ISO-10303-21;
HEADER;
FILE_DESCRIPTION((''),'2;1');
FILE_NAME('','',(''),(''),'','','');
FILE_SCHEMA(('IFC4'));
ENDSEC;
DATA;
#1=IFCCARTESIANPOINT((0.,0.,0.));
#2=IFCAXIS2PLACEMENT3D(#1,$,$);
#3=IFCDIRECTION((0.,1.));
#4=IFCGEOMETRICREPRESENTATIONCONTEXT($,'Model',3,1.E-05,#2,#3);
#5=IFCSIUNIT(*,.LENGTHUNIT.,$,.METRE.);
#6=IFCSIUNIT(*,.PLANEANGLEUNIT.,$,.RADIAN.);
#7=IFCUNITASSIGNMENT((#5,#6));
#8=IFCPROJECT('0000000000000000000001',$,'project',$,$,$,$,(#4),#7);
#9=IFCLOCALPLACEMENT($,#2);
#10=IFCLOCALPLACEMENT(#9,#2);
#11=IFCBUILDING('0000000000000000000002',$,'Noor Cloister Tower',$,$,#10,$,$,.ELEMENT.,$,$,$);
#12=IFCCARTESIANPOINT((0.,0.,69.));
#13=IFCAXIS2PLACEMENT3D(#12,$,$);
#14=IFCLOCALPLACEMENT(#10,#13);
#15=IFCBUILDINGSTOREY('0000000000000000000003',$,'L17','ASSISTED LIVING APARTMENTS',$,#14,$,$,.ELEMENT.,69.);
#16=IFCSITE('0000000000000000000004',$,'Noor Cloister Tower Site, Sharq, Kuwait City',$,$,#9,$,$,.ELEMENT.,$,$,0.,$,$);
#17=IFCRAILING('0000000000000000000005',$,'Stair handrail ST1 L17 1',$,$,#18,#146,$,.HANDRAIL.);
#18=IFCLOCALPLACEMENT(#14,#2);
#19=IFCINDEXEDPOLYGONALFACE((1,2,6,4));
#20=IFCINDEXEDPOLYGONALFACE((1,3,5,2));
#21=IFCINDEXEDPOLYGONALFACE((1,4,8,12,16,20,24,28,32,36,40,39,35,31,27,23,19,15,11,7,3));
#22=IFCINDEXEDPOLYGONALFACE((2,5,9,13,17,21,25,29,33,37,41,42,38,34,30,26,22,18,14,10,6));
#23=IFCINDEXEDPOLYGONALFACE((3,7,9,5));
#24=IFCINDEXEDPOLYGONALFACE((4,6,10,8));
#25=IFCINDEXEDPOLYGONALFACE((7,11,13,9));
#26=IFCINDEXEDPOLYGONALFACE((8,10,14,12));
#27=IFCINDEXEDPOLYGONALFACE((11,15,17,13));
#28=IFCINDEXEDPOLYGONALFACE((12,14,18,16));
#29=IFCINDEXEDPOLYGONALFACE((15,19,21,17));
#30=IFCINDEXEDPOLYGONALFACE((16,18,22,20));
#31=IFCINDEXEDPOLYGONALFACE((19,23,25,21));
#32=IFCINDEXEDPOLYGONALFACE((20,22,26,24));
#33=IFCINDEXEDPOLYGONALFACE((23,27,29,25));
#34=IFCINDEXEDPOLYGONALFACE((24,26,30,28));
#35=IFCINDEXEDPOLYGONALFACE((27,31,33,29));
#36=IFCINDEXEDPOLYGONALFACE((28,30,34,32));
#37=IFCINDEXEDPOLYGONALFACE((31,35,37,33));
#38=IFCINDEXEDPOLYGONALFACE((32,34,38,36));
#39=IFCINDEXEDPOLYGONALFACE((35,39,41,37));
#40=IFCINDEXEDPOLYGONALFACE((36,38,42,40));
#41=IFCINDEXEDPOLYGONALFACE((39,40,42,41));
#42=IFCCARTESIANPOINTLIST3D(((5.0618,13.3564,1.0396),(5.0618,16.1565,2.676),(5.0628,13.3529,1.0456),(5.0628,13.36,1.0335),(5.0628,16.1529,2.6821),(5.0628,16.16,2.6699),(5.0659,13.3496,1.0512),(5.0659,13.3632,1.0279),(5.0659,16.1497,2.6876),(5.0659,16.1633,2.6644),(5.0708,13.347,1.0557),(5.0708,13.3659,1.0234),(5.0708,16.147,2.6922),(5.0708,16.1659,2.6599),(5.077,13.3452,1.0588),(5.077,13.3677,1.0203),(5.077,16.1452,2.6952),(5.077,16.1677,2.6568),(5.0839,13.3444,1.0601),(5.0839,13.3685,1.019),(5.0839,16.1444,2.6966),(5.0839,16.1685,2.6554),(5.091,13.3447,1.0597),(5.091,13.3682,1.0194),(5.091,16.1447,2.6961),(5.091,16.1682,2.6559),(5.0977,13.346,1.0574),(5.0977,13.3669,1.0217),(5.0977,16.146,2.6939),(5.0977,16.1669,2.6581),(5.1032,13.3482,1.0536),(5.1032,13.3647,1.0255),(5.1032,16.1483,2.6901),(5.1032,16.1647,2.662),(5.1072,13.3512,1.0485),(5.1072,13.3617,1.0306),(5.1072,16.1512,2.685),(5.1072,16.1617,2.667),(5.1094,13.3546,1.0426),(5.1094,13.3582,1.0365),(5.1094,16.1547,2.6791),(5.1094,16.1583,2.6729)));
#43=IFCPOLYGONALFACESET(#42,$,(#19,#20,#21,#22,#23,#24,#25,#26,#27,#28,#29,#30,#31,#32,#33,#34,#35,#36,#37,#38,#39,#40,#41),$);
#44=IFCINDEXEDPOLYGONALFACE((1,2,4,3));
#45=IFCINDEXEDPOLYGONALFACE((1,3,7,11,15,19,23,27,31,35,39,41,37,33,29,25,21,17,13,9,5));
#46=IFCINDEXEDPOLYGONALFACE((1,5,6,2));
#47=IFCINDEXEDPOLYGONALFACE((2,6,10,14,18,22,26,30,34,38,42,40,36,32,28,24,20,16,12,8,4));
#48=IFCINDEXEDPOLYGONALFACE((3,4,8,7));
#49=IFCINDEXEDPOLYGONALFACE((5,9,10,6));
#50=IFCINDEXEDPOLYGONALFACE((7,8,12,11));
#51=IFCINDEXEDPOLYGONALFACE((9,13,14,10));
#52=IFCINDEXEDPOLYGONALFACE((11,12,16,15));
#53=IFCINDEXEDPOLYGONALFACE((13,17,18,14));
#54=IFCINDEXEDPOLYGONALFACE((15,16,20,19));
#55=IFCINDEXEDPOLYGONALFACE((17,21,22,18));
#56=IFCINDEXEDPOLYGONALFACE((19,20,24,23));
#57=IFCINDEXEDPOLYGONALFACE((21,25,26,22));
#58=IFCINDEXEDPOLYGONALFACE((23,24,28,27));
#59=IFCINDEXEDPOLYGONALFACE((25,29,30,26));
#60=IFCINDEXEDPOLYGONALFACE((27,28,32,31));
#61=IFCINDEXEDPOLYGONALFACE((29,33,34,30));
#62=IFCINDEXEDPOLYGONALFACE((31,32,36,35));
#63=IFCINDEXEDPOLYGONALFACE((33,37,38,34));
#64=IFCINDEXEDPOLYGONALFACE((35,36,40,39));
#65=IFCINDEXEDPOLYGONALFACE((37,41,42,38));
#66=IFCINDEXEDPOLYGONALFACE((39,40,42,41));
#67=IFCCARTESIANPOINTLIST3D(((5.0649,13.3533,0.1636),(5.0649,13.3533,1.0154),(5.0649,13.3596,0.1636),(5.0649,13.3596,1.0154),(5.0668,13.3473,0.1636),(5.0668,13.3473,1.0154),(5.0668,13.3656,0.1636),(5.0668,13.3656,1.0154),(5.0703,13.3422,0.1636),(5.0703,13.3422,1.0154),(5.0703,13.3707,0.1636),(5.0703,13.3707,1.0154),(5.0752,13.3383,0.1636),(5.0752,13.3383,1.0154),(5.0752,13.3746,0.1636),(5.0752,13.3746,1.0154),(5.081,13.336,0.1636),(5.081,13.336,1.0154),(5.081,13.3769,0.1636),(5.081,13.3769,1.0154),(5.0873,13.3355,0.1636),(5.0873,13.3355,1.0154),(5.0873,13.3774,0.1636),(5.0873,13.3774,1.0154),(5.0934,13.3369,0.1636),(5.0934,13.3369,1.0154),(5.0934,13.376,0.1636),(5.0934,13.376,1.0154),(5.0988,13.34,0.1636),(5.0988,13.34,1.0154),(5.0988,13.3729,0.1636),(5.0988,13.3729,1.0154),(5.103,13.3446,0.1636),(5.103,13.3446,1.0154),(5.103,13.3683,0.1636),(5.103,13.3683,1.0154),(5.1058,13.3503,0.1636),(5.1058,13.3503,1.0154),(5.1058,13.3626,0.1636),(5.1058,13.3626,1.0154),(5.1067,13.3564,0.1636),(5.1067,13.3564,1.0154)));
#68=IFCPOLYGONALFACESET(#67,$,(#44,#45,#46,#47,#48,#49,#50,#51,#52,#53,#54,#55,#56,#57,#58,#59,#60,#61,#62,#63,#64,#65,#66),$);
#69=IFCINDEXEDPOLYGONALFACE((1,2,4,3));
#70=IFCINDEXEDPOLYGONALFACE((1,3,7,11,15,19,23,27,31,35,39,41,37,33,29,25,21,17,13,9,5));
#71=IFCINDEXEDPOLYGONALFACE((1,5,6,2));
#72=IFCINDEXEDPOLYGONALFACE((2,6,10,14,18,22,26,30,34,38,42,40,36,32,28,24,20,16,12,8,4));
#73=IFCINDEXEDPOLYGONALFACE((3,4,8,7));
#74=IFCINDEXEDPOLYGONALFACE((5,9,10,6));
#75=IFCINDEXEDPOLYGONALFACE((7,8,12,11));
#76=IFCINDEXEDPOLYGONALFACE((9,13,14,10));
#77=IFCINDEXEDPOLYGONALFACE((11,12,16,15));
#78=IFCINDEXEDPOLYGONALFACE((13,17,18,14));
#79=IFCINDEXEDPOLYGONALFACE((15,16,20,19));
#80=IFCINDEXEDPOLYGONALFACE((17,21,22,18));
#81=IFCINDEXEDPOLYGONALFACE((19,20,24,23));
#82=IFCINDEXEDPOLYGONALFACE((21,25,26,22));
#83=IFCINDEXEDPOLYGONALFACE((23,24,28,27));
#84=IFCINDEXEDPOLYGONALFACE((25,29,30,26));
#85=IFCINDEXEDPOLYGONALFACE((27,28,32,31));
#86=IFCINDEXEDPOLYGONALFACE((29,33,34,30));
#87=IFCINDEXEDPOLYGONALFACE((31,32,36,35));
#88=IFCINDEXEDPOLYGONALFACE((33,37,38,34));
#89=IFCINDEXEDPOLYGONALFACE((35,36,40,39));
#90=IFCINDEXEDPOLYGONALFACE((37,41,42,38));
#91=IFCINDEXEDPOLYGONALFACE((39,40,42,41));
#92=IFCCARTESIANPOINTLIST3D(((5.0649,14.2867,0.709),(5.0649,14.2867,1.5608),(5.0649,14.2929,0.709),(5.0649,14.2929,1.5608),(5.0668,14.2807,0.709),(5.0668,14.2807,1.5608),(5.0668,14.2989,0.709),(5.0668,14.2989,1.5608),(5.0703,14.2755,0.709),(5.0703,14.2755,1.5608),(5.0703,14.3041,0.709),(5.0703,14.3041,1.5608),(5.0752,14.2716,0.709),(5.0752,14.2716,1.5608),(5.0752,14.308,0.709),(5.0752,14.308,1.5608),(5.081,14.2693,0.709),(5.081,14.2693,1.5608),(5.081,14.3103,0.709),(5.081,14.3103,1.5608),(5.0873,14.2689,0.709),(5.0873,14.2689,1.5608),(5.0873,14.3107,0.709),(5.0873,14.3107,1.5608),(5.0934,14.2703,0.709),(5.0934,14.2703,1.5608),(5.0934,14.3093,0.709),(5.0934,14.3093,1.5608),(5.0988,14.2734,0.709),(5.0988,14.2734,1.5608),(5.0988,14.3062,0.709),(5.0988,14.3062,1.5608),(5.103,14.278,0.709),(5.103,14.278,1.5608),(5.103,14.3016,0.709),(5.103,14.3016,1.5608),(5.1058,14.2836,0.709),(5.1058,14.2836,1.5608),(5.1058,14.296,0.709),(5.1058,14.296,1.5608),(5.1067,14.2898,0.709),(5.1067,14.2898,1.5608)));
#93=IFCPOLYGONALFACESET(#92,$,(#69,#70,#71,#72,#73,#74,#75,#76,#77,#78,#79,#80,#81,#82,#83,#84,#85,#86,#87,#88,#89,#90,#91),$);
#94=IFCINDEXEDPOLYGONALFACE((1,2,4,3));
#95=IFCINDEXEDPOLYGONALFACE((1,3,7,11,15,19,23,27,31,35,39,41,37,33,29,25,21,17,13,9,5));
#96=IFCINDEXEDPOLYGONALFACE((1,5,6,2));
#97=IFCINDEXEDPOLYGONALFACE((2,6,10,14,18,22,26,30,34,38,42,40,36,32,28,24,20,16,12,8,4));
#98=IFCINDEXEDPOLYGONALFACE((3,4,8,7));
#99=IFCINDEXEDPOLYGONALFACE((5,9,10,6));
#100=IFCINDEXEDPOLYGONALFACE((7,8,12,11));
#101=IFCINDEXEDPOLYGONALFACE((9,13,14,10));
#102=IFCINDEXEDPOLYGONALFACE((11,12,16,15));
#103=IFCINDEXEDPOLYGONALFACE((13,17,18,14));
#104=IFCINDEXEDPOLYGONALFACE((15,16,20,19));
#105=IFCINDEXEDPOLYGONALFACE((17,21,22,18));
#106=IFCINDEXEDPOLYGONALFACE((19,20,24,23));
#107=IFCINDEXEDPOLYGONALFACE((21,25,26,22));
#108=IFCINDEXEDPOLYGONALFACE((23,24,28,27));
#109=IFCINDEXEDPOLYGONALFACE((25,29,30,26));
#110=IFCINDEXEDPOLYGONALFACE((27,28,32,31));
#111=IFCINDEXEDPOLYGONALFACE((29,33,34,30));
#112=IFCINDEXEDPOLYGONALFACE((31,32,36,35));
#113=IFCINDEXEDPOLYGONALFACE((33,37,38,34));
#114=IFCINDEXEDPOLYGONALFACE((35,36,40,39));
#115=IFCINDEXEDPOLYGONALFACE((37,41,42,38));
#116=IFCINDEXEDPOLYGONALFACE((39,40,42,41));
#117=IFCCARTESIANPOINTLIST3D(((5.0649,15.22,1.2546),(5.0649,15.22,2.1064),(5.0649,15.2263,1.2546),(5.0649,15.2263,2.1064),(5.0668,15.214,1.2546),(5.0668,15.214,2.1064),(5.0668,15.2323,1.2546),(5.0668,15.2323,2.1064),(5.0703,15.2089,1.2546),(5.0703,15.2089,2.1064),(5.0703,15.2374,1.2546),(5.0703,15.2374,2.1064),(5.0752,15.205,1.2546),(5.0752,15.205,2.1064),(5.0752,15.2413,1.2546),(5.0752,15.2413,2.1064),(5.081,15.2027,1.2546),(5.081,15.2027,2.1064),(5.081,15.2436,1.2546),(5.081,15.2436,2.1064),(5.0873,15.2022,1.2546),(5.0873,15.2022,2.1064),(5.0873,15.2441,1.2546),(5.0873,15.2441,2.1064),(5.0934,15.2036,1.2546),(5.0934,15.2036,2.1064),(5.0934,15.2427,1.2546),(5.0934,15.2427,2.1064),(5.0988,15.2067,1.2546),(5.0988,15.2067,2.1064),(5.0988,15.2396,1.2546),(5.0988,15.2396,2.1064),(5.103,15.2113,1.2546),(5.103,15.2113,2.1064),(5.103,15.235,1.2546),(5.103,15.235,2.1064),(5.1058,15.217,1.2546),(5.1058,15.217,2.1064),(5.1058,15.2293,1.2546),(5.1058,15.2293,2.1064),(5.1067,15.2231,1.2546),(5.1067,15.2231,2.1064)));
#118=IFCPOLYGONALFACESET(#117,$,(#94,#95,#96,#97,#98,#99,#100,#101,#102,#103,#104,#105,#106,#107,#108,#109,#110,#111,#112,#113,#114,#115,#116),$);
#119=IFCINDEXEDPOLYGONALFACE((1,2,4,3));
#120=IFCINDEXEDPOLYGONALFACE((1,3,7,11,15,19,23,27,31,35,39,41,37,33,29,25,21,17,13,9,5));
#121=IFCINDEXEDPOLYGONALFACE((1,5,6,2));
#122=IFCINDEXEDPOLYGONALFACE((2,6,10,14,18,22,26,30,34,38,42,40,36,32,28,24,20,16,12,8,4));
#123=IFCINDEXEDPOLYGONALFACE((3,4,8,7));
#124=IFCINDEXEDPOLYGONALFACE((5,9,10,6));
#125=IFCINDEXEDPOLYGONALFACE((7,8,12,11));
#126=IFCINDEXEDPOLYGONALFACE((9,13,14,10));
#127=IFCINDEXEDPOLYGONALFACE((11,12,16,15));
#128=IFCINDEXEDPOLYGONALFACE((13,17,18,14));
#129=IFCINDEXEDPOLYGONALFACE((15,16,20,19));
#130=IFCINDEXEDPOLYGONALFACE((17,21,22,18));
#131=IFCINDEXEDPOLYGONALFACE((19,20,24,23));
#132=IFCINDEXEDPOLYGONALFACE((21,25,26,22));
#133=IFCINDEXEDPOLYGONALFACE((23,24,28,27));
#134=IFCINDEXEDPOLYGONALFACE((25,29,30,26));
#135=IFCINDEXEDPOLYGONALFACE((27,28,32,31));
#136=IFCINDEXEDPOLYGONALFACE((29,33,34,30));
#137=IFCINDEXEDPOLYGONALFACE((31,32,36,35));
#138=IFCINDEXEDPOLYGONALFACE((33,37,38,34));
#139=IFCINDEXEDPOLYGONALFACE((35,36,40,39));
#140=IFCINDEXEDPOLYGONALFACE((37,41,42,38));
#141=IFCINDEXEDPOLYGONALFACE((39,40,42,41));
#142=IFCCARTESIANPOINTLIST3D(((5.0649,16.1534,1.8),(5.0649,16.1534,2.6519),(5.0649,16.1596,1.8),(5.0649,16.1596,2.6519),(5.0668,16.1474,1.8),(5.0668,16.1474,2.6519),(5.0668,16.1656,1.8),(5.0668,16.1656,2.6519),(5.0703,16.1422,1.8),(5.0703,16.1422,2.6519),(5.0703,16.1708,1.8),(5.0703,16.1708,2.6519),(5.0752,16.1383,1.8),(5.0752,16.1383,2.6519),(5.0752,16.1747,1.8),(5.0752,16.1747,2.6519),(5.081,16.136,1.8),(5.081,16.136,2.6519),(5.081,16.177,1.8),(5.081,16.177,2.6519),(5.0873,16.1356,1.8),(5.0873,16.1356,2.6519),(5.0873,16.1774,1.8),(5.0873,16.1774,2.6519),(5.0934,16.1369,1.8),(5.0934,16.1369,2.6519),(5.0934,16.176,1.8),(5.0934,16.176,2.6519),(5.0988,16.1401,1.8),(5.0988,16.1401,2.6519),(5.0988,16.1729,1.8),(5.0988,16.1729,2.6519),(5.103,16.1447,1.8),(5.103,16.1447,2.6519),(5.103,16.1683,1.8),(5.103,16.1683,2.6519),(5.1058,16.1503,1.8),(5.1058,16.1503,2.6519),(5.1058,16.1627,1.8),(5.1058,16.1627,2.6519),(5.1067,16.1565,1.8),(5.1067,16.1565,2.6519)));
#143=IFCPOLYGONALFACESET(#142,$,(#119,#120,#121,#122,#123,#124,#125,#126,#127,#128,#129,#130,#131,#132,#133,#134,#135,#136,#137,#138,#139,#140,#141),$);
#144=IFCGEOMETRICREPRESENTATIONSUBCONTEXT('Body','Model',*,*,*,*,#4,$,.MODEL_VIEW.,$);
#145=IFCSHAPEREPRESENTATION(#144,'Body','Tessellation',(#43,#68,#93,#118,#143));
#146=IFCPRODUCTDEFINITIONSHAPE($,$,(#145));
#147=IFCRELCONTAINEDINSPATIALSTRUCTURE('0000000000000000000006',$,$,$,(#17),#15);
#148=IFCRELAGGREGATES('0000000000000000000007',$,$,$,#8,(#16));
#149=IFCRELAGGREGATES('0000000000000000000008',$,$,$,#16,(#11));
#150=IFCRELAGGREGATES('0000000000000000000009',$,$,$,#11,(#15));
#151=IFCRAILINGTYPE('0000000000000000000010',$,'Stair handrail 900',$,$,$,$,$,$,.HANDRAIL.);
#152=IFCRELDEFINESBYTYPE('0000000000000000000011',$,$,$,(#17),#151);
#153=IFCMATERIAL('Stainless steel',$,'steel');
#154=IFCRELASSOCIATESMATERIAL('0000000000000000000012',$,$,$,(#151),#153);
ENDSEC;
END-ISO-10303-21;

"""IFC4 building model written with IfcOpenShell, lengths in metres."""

from ifc_helpers import new_model, si_unit, direction, frame, origin, origin_2d, place, context, subcontext, project, spatial, circle, extrude, material, type_object, element, save


model = new_model("IFC4")

# Units and contexts
model_context = context("Model", 3, precision=1e-05, world=origin(), true_north=direction((0.0, 1.0)))
body_context = subcontext(model_context, "Body", "Model", "MODEL_VIEW")
ifc_project = project(units=[si_unit("LENGTHUNIT", "METRE"), si_unit("PLANEANGLEUNIT", "RADIAN")], contexts=[model_context])

# Site, building, storey
site_placement = place(None, origin())
site = spatial("IfcSite", under=ifc_project, at=site_placement, Name="Noor Cloister Tower Site, Sharq, Kuwait City", CompositionType="ELEMENT", RefElevation=0.0)
building_placement = place(site_placement, origin())
building = spatial("IfcBuilding", under=site, at=building_placement, Name="Noor Cloister Tower", CompositionType="ELEMENT")
storey_placement = place(building_placement, frame((0.0, 0.0, 69.0)))
storey = spatial("IfcBuildingStorey", under=building, at=storey_placement, Name="L17", Description="ASSISTED LIVING APARTMENTS", CompositionType="ELEMENT", Elevation=69.0)

# Railing
ifc_material_1 = material(Name="Stainless steel", Category="steel")
railing_type_1 = type_object("IfcRailingType", Name="Stair handrail 900", PredefinedType="HANDRAIL", material=ifc_material_1)
railing_1_placement = place(storey_placement, frame((5.0857, 13.3564, 0.1636)))
element("IfcRailing", 1, at=railing_1_placement, inside=storey, type_object=railing_type_1, Name="Stair handrail ST1 L17 1", PredefinedType="HANDRAIL", context=body_context, shape_type="SweptSolid", body=[
    extrude(circle(Radius=0.0239, at=origin_2d()), frame((0.0, 0.0, 0.876), z_axis=(0.0, 0.863361, 0.504587), x_axis=(-1.0, 0.0, 0.0)), (0.0, 0.0, 1.0), 3.2432),
    extrude(circle(Radius=0.021, at=origin_2d()), origin(), (0.0, 0.0, 1.0), 0.8518),
    extrude(circle(Radius=0.021, at=origin_2d()), frame((0.0, 0.9333, 0.5454)), (0.0, 0.0, 1.0), 0.8518),
    extrude(circle(Radius=0.021, at=origin_2d()), frame((0.0, 1.8667, 1.0911)), (0.0, 0.0, 1.0), 0.8518),
    extrude(circle(Radius=0.021, at=origin_2d()), frame((0.0, 2.8, 1.6365)), (0.0, 0.0, 1.0), 0.8518),
])

save(model, "model.ifc")
